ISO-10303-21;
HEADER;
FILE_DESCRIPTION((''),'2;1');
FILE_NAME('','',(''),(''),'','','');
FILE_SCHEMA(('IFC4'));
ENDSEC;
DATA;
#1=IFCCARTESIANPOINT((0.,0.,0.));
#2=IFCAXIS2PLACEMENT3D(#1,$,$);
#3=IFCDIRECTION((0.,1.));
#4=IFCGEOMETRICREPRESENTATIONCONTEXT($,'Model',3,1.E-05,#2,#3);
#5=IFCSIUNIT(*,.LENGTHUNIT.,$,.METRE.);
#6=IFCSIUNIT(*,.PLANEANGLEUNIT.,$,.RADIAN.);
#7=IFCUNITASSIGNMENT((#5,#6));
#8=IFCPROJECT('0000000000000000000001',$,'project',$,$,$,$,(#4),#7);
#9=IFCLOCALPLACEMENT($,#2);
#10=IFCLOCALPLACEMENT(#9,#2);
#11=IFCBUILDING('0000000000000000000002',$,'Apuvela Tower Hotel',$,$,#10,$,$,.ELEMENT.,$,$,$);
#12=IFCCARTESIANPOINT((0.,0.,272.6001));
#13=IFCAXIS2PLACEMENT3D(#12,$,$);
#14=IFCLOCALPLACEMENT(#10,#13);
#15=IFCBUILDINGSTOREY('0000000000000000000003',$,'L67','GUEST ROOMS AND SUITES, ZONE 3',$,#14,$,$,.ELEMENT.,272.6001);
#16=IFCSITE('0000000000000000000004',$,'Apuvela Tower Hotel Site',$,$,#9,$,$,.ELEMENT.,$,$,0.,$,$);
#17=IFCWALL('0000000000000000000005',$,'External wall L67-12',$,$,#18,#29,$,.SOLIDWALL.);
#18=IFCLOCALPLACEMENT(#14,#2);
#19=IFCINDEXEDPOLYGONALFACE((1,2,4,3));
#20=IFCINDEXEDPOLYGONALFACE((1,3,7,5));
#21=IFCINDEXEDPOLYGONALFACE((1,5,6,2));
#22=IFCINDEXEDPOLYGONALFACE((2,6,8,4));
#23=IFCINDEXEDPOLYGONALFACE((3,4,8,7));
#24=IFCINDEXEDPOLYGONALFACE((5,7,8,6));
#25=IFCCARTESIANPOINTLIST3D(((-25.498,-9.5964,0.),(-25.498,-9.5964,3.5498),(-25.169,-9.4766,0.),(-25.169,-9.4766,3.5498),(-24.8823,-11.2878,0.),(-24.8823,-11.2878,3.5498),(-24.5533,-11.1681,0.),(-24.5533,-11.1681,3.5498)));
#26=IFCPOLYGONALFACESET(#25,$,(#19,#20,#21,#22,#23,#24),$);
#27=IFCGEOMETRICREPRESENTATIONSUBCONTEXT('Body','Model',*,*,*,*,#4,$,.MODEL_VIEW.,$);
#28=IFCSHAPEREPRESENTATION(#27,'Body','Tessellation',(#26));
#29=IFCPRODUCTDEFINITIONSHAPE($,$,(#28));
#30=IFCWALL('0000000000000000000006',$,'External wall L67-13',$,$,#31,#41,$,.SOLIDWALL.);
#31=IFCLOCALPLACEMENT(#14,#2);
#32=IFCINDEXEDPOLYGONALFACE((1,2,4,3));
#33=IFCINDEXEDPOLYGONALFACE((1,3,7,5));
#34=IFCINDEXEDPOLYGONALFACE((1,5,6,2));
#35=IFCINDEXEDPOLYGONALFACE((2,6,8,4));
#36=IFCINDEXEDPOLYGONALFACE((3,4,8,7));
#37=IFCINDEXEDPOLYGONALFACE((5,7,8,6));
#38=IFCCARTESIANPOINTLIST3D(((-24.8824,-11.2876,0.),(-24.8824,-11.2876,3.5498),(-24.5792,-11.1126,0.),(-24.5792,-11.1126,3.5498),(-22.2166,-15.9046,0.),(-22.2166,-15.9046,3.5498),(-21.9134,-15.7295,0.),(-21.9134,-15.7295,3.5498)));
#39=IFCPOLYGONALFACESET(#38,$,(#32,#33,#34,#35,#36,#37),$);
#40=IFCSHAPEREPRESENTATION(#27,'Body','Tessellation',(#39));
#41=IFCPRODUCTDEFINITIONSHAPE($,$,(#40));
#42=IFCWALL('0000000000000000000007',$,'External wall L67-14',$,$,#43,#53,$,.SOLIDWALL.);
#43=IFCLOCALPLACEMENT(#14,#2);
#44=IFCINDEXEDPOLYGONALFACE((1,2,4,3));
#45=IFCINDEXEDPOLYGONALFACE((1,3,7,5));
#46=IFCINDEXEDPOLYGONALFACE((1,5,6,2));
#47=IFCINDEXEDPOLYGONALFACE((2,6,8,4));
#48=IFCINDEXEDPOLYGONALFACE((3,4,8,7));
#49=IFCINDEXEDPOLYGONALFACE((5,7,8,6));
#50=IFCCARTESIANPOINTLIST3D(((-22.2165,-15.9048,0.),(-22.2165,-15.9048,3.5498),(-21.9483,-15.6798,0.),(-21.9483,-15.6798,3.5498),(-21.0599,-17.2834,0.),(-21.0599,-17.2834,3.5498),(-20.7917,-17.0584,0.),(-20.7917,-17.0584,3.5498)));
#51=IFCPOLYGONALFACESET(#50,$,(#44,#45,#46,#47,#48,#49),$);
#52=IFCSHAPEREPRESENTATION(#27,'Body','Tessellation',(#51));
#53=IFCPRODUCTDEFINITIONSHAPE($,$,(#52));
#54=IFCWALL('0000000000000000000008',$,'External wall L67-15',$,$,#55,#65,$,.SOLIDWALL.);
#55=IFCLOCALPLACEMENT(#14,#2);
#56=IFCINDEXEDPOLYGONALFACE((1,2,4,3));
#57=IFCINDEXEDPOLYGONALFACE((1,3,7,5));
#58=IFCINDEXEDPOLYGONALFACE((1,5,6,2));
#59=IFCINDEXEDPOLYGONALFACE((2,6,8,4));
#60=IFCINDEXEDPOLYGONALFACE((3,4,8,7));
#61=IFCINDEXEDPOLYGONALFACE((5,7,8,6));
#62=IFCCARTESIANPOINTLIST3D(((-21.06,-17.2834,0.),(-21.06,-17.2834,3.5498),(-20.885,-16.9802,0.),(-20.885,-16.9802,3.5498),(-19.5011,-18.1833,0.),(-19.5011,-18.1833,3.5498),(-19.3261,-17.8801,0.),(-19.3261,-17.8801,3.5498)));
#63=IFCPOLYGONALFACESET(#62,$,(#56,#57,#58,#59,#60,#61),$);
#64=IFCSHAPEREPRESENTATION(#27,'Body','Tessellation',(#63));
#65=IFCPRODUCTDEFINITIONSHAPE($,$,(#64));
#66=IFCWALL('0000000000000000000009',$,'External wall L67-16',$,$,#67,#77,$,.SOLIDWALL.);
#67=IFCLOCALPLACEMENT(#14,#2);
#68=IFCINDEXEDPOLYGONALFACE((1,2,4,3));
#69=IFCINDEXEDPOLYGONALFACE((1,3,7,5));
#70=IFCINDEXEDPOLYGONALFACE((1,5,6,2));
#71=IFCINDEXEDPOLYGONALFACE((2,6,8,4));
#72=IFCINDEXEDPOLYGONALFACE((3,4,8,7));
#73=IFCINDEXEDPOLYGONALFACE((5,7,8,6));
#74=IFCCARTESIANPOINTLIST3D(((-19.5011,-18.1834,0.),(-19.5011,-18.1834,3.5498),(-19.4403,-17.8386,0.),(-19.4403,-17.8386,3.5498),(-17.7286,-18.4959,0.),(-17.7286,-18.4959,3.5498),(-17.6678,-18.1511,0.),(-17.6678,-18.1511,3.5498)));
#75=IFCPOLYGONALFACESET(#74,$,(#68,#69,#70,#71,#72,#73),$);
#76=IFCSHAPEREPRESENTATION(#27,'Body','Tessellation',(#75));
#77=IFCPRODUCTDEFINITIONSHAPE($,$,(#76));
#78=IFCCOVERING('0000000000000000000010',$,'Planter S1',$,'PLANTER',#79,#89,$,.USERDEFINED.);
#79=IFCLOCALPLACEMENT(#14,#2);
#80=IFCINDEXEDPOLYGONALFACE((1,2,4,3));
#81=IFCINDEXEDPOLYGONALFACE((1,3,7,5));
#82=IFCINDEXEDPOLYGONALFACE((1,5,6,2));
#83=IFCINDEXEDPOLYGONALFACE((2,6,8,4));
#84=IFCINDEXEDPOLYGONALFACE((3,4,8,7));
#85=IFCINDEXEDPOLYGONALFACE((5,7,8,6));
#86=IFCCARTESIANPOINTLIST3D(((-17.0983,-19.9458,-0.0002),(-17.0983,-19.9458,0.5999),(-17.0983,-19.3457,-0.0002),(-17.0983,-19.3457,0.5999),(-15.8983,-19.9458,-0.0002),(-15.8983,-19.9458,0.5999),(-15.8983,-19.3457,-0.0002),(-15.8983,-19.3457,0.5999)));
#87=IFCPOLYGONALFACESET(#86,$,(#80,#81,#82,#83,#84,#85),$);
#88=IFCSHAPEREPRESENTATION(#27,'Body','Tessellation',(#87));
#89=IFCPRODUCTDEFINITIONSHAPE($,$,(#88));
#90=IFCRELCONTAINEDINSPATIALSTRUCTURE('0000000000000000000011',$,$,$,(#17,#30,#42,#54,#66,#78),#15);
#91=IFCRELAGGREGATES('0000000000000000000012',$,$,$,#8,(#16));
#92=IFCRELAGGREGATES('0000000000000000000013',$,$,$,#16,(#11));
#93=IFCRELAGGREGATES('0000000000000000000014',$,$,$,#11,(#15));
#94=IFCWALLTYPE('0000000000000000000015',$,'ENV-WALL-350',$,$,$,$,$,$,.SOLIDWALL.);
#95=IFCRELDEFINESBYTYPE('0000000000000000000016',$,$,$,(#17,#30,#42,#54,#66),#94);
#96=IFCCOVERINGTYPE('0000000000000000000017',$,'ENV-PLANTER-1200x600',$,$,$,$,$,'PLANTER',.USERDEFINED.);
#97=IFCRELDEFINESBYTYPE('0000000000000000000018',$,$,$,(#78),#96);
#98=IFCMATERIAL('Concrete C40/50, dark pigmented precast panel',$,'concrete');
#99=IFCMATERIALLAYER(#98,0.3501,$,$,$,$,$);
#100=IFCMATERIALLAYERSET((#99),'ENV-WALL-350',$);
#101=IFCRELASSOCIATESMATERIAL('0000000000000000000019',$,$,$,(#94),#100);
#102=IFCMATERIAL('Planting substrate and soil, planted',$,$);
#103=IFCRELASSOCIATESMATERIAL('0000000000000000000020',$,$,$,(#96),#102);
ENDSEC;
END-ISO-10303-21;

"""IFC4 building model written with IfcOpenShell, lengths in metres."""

from ifc_helpers import new_model, si_unit, direction, frame, frame_2d, origin, origin_2d, place, context, subcontext, project, spatial, rectangle, extrude, material, layer, layer_set, type_object, element, save


model = new_model("IFC4")

# Units and contexts
model_context = context("Model", 3, precision=1e-05, world=origin(), true_north=direction((0.0, 1.0)))
body_context = subcontext(model_context, "Body", "Model", "MODEL_VIEW")
ifc_project = project(units=[si_unit("LENGTHUNIT", "METRE"), si_unit("PLANEANGLEUNIT", "RADIAN")], contexts=[model_context])

# Site, building, storey
site_placement = place(None, origin())
site = spatial("IfcSite", under=ifc_project, at=site_placement, Name="Apuvela Tower Hotel Site", CompositionType="ELEMENT", RefElevation=0.0)
building_placement = place(site_placement, origin())
building = spatial("IfcBuilding", under=site, at=building_placement, Name="Apuvela Tower Hotel", CompositionType="ELEMENT")
storey_placement = place(building_placement, frame((0.0, 0.0, 272.6001)))
storey = spatial("IfcBuildingStorey", under=building, at=storey_placement, Name="L67", Description="GUEST ROOMS AND SUITES, ZONE 3", CompositionType="ELEMENT", Elevation=272.6001)

# Walls
ifc_material_1 = material(Name="Concrete C40/50, dark pigmented precast panel", Category="concrete")
ifc_layer_1 = layer(ifc_material_1, 0.3501)
ifc_layer_set_1 = layer_set([ifc_layer_1], Name="ENV-WALL-350")
wall_type_1 = type_object("IfcWallType", Name="ENV-WALL-350", PredefinedType="SOLIDWALL", material=ifc_layer_set_1)
wall_1_placement = place(storey_placement, frame((-25.3335, -9.5366, 0.0), z_axis=(0.0, 0.0, 1.0), x_axis=(0.34207, -0.939675, 0.0)))
element("IfcWall", 1, at=wall_1_placement, inside=storey, type_object=wall_type_1, Name="External wall L67-12", PredefinedType="SOLIDWALL", context=body_context, shape_type="SweptSolid", body=[
    extrude(rectangle(XDim=1.8, YDim=0.3501, at=frame_2d((0.8999, 0.0))), origin(), (0.0, 0.0, 1.0), 3.5498),
])
wall_2_placement = place(storey_placement, frame((-24.7307, -11.2002, 0.0), z_axis=(0.0, 0.0, 1.0), x_axis=(0.500025, -0.866011, 0.0)))
element("IfcWall", 2, at=wall_2_placement, inside=storey, type_object=wall_type_1, Name="External wall L67-13", PredefinedType="SOLIDWALL", context=body_context, shape_type="SweptSolid", body=[
    extrude(rectangle(XDim=5.3313, YDim=0.3501, at=frame_2d((2.6655, 0.0))), origin(), (0.0, 0.0, 1.0), 3.5498),
])
wall_3_placement = place(storey_placement, frame((-22.0825, -15.7922, 0.0), z_axis=(0.0, 0.0, 1.0), x_axis=(0.642756, -0.766071, 0.0)))
element("IfcWall", 3, at=wall_3_placement, inside=storey, type_object=wall_type_1, Name="External wall L67-14", PredefinedType="SOLIDWALL", context=body_context, shape_type="SweptSolid", body=[
    extrude(rectangle(XDim=1.7996, YDim=0.3501, at=frame_2d((0.8999, 0.0))), origin(), (0.0, 0.0, 1.0), 3.5498),
])
wall_4_placement = place(storey_placement, frame((-20.9724, -17.1318, 0.0), z_axis=(0.0, 0.0, 1.0), x_axis=(0.866048, -0.499961, 0.0)))
element("IfcWall", 4, at=wall_4_placement, inside=storey, type_object=wall_type_1, Name="External wall L67-15", PredefinedType="SOLIDWALL", context=body_context, shape_type="SweptSolid", body=[
    extrude(rectangle(XDim=1.8, YDim=0.3501, at=frame_2d((0.8999, 0.0))), origin(), (0.0, 0.0, 1.0), 3.5498),
])
wall_5_placement = place(storey_placement, frame((-19.4707, -18.011, 0.0), z_axis=(0.0, 0.0, 1.0), x_axis=(0.984811, -0.173631, 0.0)))
element("IfcWall", 5, at=wall_5_placement, inside=storey, type_object=wall_type_1, Name="External wall L67-16", PredefinedType="SOLIDWALL", context=body_context, shape_type="SweptSolid", body=[
    extrude(rectangle(XDim=1.7998, YDim=0.3501, at=frame_2d((0.8999, 0.0))), origin(), (0.0, 0.0, 1.0), 3.5498),
])

# Covering
ifc_material_2 = material(Name="Planting substrate and soil, planted")
covering_type = type_object("IfcCoveringType", Name="ENV-PLANTER-1200x600", ElementType="PLANTER", PredefinedType="USERDEFINED", material=ifc_material_2)
covering_placement = place(storey_placement, frame((-16.4983, -19.6458, -0.0002), z_axis=(0.0, 0.0, 1.0), x_axis=(1.0, 0.0, 0.0)))
element("IfcCovering", 6, at=covering_placement, inside=storey, type_object=covering_type, Name="Planter S1", ObjectType="PLANTER", PredefinedType="USERDEFINED", context=body_context, shape_type="SweptSolid", body=[
    extrude(rectangle(XDim=1.2, YDim=0.6001, at=origin_2d()), origin(), (0.0, 0.0, 1.0), 0.6001),
])

save(model, "model.ifc")
